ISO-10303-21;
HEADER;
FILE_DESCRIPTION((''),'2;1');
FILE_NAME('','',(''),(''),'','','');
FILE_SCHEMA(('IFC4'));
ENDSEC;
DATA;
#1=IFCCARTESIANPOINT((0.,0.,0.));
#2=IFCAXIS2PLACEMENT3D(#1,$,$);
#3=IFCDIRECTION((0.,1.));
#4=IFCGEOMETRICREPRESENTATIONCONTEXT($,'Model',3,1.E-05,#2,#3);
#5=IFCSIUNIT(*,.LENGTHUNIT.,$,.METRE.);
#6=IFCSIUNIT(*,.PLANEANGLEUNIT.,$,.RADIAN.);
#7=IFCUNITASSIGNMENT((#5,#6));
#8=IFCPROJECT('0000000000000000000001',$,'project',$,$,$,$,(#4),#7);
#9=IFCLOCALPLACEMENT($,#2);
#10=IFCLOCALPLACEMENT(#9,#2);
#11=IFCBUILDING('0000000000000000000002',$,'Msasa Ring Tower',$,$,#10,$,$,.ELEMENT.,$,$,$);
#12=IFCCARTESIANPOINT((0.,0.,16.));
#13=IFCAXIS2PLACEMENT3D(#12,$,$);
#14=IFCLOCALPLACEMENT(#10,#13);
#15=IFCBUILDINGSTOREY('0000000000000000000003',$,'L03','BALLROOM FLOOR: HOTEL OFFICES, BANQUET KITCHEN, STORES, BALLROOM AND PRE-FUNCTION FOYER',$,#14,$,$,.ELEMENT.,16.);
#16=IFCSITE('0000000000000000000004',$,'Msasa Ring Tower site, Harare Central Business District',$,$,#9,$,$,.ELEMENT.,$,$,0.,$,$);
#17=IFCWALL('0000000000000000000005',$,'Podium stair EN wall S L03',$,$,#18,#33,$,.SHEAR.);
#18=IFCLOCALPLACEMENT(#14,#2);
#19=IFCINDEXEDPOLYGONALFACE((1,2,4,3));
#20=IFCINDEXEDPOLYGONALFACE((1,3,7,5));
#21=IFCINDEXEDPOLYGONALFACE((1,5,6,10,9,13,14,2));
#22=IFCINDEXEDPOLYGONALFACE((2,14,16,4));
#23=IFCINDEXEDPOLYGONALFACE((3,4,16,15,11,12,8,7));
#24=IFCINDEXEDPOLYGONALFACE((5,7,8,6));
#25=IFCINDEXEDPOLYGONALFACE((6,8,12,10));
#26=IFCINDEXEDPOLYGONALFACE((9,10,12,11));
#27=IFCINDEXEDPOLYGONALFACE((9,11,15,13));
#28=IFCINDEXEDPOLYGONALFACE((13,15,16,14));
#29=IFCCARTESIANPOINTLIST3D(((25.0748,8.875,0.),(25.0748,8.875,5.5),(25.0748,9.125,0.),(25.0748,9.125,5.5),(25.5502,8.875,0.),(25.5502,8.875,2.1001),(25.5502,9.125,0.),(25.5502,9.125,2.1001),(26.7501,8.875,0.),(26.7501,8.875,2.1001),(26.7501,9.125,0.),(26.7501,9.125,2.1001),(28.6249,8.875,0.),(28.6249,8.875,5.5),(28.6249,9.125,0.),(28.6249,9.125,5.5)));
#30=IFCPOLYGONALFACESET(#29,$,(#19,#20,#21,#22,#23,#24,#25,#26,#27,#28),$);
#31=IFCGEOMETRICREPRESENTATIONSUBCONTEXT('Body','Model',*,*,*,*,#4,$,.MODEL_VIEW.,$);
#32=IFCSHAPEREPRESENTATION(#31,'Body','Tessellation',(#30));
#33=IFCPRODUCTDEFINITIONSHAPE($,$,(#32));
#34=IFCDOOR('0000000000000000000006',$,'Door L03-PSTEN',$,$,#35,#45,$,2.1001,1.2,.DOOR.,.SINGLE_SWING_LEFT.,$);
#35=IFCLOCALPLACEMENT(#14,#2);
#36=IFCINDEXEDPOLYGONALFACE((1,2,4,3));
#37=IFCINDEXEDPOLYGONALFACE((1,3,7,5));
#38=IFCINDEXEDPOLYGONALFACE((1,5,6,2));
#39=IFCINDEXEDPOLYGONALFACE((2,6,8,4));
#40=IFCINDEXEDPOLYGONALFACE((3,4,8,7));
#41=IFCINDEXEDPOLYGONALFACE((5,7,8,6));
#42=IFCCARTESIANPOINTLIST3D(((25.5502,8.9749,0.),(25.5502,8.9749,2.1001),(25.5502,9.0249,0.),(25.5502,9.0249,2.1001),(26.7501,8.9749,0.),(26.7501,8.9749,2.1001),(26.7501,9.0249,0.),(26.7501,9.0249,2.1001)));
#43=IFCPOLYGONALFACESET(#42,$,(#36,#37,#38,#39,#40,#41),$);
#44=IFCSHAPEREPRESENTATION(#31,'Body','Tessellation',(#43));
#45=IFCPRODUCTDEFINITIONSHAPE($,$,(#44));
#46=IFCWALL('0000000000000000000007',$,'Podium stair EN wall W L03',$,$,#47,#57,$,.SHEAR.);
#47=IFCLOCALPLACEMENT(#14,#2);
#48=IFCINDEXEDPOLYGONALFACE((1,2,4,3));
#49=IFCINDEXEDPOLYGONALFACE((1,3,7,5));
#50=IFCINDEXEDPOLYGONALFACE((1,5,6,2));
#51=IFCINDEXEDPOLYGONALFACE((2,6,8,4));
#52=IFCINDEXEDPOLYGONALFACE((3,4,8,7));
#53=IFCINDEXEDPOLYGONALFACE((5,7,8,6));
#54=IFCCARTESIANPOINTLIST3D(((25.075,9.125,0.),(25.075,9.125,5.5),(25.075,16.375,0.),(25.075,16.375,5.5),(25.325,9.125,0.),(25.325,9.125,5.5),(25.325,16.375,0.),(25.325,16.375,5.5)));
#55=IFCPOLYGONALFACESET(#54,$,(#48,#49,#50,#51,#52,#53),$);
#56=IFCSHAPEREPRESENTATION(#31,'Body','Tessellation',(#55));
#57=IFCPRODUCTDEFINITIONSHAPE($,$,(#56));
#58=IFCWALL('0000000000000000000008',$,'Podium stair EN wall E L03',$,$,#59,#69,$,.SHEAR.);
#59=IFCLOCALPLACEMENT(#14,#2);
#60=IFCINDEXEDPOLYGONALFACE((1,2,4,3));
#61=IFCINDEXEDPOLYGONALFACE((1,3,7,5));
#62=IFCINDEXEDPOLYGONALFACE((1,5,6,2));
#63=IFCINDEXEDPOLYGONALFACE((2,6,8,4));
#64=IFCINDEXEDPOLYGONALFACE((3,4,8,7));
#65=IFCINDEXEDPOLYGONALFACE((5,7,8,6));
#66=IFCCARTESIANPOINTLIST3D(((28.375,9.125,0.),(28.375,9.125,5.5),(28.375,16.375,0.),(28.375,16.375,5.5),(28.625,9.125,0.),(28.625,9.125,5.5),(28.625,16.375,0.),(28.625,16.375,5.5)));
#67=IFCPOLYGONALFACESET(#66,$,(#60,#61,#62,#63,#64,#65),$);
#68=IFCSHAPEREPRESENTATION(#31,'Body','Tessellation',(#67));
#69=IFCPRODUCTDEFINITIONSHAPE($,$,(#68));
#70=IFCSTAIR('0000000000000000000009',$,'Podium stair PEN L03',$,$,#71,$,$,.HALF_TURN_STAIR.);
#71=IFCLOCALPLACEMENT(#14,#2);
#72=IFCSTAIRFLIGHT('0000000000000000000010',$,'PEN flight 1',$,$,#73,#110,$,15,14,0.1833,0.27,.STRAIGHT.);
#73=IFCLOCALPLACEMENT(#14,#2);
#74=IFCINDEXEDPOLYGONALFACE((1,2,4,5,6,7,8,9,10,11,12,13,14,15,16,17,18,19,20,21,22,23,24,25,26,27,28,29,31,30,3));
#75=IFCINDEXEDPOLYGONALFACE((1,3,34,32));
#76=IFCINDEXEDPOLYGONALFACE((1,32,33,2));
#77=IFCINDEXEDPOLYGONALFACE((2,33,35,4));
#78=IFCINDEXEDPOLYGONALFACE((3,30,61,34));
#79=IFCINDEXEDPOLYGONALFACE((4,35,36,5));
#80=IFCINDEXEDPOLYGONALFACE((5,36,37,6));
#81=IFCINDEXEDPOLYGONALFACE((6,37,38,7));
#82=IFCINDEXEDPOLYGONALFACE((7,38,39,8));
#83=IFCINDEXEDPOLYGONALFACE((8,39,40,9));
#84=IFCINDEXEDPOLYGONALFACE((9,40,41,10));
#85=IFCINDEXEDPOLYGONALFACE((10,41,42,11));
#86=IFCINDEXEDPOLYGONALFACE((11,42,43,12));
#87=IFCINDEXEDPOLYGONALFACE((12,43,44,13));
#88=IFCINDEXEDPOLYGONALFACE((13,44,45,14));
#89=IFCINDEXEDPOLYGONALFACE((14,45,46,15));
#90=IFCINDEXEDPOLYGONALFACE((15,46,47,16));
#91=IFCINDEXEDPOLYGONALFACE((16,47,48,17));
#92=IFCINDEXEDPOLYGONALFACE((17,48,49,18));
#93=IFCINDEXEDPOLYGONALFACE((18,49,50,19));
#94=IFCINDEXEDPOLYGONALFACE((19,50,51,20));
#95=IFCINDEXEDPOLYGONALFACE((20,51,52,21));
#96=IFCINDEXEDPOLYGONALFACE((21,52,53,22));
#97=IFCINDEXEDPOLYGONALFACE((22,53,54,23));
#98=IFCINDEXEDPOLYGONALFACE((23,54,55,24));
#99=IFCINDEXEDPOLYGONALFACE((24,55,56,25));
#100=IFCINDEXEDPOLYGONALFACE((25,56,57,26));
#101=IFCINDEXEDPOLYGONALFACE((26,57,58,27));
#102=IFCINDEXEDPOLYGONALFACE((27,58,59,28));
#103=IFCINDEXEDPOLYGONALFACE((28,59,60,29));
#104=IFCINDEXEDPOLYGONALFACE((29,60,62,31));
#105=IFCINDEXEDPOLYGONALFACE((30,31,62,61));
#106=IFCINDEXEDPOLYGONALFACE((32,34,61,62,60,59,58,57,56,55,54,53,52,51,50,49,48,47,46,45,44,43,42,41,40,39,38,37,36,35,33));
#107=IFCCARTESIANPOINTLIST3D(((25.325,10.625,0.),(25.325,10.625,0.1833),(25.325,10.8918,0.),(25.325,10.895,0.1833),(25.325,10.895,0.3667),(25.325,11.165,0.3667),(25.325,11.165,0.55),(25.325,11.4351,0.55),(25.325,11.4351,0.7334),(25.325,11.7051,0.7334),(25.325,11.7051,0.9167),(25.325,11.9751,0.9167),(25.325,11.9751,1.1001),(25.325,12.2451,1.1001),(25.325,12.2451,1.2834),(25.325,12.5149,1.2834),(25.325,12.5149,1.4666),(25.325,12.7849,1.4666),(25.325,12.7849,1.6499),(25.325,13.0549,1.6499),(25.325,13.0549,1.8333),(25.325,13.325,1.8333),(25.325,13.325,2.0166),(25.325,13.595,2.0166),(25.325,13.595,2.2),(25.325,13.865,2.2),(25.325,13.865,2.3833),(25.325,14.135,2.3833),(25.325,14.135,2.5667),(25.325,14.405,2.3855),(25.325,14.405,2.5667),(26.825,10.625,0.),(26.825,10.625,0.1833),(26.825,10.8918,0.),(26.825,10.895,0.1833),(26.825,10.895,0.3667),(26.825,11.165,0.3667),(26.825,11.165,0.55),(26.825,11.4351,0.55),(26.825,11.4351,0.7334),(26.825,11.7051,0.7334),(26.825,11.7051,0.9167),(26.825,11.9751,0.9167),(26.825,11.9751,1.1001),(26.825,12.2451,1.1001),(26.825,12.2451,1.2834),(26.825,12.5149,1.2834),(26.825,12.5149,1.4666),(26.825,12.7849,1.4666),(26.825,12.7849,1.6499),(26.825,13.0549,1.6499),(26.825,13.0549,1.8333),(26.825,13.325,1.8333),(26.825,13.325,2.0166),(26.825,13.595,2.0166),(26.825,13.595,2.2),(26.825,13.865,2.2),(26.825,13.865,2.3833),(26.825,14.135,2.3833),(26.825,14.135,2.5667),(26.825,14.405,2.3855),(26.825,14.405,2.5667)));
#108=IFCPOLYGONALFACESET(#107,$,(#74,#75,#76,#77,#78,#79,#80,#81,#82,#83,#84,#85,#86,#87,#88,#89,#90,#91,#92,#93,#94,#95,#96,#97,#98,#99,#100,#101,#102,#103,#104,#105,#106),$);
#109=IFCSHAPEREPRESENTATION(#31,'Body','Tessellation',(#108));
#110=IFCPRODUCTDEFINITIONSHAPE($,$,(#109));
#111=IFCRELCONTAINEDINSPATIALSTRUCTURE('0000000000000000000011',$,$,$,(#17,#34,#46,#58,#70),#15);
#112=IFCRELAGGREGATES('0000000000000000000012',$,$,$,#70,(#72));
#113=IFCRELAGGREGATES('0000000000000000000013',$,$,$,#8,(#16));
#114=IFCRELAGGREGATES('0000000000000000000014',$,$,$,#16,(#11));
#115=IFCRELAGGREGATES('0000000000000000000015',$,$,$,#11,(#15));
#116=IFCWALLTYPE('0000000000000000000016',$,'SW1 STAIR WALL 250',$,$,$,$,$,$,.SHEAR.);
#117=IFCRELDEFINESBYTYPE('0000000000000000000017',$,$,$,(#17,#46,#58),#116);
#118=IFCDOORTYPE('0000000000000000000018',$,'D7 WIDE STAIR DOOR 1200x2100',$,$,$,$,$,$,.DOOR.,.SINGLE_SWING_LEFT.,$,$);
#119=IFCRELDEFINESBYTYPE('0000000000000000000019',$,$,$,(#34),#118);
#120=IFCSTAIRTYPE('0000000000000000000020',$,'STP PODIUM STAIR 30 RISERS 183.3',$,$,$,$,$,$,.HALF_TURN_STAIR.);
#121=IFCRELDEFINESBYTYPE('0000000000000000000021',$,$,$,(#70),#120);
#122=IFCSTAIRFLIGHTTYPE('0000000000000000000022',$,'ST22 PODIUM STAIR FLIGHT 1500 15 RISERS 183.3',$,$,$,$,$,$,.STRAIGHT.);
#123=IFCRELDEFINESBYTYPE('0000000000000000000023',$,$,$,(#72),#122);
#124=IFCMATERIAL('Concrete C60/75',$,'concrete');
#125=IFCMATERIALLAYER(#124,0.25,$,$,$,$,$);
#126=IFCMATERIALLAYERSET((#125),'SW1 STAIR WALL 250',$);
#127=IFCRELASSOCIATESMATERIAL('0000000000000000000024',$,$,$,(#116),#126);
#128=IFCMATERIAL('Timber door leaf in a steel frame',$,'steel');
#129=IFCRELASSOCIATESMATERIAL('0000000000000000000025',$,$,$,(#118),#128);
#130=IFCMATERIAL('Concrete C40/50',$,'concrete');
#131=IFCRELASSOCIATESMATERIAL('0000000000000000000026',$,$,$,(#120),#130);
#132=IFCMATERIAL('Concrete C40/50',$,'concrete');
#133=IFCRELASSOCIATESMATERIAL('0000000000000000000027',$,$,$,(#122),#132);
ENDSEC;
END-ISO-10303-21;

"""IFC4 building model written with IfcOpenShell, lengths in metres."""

from ifc_helpers import new_model, si_unit, direction, frame, frame_2d, origin, place, context, subcontext, project, spatial, polyline, rectangle, outline, extrude, material, layer, layer_set, type_object, element, fill, aggregate, save


model = new_model("IFC4")

# Units and contexts
model_context = context("Model", 3, precision=1e-05, world=origin(), true_north=direction((0.0, 1.0)))
body_context = subcontext(model_context, "Body", "Model", "MODEL_VIEW")
ifc_project = project(units=[si_unit("LENGTHUNIT", "METRE"), si_unit("PLANEANGLEUNIT", "RADIAN")], contexts=[model_context])

# Site, building, storey
site_placement = place(None, origin())
site = spatial("IfcSite", under=ifc_project, at=site_placement, Name="Msasa Ring Tower site, Harare Central Business District", CompositionType="ELEMENT", RefElevation=0.0)
building_placement = place(site_placement, origin())
building = spatial("IfcBuilding", under=site, at=building_placement, Name="Msasa Ring Tower", CompositionType="ELEMENT")
storey_placement = place(building_placement, frame((0.0, 0.0, 16.0)))
storey = spatial("IfcBuildingStorey", under=building, at=storey_placement, Name="L03", Description="BALLROOM FLOOR: HOTEL OFFICES, BANQUET KITCHEN, STORES, BALLROOM AND PRE-FUNCTION FOYER", CompositionType="ELEMENT", Elevation=16.0)

# Wall, opening, door
ifc_material_1 = material(Name="Concrete C60/75", Category="concrete")
ifc_layer_1 = layer(ifc_material_1, 0.25)
ifc_layer_set_1 = layer_set([ifc_layer_1], Name="SW1 STAIR WALL 250")
wall_type_1 = type_object("IfcWallType", Name="SW1 STAIR WALL 250", PredefinedType="SHEAR", material=ifc_layer_set_1)
wall_1_placement = place(storey_placement, frame((25.075, 9.0, 0.0), z_axis=(0.0, 0.0, 1.0), x_axis=(1.0, 0.0, 0.0)))
wall_1 = element("IfcWall", 1, at=wall_1_placement, inside=storey, type_object=wall_type_1, Name="Podium stair EN wall S L03", PredefinedType="SHEAR", context=body_context, shape_type="SweptSolid", body=[
    extrude(rectangle(XDim=3.55, YDim=0.25, at=frame_2d((1.7749, 0.0))), origin(), (0.0, 0.0, 1.0), 5.5),
])
opening_1_placement = place(wall_1_placement, frame((0.4751, 0.0, 0.0)))
opening_1 = element("IfcOpeningElement", 2, at=opening_1_placement, cuts=wall_1, PredefinedType="OPENING", context=body_context, shape_type="SweptSolid", body=[
    extrude(rectangle(XDim=1.2, YDim=2.1001, at=frame_2d((0.6001, 1.05))), frame((0.0, 0.135, 0.0), z_axis=(0.0, -1.0, 0.0), x_axis=(1.0, 0.0, 0.0)), (0.0, 0.0, 1.0), 0.27),
])
ifc_material_2 = material(Name="Timber door leaf in a steel frame", Category="steel")
door_type = type_object("IfcDoorType", Name="D7 WIDE STAIR DOOR 1200x2100", OperationType="SINGLE_SWING_LEFT", PredefinedType="DOOR", material=ifc_material_2)
door_placement = place(opening_1_placement, origin())
door = element("IfcDoor", 3, at=door_placement, inside=storey, type_object=door_type, Name="Door L03-PSTEN", OperationType="SINGLE_SWING_LEFT", OverallHeight=2.1001, OverallWidth=1.2, PredefinedType="DOOR", context=body_context, shape_type="SweptSolid", body=[
    extrude(rectangle(XDim=1.2, YDim=2.1001, at=frame_2d((0.6001, 1.05))), frame((0.0, 0.0249, 0.0), z_axis=(0.0, -1.0, 0.0), x_axis=(1.0, 0.0, 0.0)), (0.0, 0.0, 1.0), 0.05),
])
fill(opening_1, door)

# Walls
for number, where, z_axis, x_axis, name in (
    (4, (25.2, 9.125, 0.0), (0.0, 0.0, 1.0), (0.0, 1.0, 0.0), "Podium stair EN wall W L03"),
    (5, (28.5, 9.125, 0.0), (0.0, 0.0, 1.0), (0.0, 1.0, 0.0), "Podium stair EN wall E L03"),
):
    element("IfcWall", number, at=place(storey_placement, frame(where, z_axis=z_axis, x_axis=x_axis)), inside=storey, type_object=wall_type_1, Name=name, PredefinedType="SHEAR", context=body_context, shape_type="SweptSolid", body=[
        extrude(rectangle(XDim=7.25, YDim=0.25, at=frame_2d((3.625, 0.0))), origin(), (0.0, 0.0, 1.0), 5.5),
    ])

# Stair, stair flight
ifc_material_3 = material(Name="Concrete C40/50", Category="concrete")
stair_type = type_object("IfcStairType", Name="STP PODIUM STAIR 30 RISERS 183.3", PredefinedType="HALF_TURN_STAIR", material=ifc_material_3)
stair_placement = place(storey_placement, origin())
stair = element("IfcStair", 6, at=stair_placement, inside=storey, type_object=stair_type, Name="Podium stair PEN L03", PredefinedType="HALF_TURN_STAIR")
ifc_material_4 = material(Name="Concrete C40/50", Category="concrete")
stair_flight_type = type_object("IfcStairFlightType", Name="ST22 PODIUM STAIR FLIGHT 1500 15 RISERS 183.3", PredefinedType="STRAIGHT", material=ifc_material_4)
stair_flight_placement = place(storey_placement, frame((26.075, 10.625, 0.0), z_axis=(0.0, 0.0, 1.0), x_axis=(0.0, 1.0, 0.0)))
stair_flight = element("IfcStairFlight", 7, at=stair_flight_placement, type_object=stair_flight_type, Name="PEN flight 1", NumberOfRisers=15, NumberOfTreads=14, PredefinedType="STRAIGHT", RiserHeight=0.1833, TreadLength=0.27, context=body_context, shape_type="SweptSolid", body=[
    extrude(outline(polyline([(0.0, 0.0), (0.0, 0.1833), (0.27, 0.1833), (0.27, 0.3667), (0.54, 0.3667), (0.54, 0.55), (0.8101, 0.55), (0.8101, 0.7334), (1.0801, 0.7334), (1.0801, 0.9167), (1.3501, 0.9167), (1.3501, 1.1001), (1.6201, 1.1001), (1.6201, 1.2834), (1.8899, 1.2834), (1.8899, 1.4666), (2.1599, 1.4666), (2.1599, 1.6499), (2.4299, 1.6499), (2.4299, 1.8333), (2.7, 1.8333), (2.7, 2.0166), (2.97, 2.0166), (2.97, 2.2), (3.24, 2.2), (3.24, 2.3833), (3.51, 2.3833), (3.51, 2.5667), (3.78, 2.5667), (3.78, 2.75), (3.78, 2.3855), (0.2668, 0.0), (0.0, 0.0)])), frame((0.0, 0.75, 0.0), z_axis=(0.0, -1.0, 0.0), x_axis=(1.0, 0.0, 0.0)), (0.0, 0.0, 1.0), 1.5),
])
aggregate(stair, [stair_flight])

save(model, "model.ifc")
